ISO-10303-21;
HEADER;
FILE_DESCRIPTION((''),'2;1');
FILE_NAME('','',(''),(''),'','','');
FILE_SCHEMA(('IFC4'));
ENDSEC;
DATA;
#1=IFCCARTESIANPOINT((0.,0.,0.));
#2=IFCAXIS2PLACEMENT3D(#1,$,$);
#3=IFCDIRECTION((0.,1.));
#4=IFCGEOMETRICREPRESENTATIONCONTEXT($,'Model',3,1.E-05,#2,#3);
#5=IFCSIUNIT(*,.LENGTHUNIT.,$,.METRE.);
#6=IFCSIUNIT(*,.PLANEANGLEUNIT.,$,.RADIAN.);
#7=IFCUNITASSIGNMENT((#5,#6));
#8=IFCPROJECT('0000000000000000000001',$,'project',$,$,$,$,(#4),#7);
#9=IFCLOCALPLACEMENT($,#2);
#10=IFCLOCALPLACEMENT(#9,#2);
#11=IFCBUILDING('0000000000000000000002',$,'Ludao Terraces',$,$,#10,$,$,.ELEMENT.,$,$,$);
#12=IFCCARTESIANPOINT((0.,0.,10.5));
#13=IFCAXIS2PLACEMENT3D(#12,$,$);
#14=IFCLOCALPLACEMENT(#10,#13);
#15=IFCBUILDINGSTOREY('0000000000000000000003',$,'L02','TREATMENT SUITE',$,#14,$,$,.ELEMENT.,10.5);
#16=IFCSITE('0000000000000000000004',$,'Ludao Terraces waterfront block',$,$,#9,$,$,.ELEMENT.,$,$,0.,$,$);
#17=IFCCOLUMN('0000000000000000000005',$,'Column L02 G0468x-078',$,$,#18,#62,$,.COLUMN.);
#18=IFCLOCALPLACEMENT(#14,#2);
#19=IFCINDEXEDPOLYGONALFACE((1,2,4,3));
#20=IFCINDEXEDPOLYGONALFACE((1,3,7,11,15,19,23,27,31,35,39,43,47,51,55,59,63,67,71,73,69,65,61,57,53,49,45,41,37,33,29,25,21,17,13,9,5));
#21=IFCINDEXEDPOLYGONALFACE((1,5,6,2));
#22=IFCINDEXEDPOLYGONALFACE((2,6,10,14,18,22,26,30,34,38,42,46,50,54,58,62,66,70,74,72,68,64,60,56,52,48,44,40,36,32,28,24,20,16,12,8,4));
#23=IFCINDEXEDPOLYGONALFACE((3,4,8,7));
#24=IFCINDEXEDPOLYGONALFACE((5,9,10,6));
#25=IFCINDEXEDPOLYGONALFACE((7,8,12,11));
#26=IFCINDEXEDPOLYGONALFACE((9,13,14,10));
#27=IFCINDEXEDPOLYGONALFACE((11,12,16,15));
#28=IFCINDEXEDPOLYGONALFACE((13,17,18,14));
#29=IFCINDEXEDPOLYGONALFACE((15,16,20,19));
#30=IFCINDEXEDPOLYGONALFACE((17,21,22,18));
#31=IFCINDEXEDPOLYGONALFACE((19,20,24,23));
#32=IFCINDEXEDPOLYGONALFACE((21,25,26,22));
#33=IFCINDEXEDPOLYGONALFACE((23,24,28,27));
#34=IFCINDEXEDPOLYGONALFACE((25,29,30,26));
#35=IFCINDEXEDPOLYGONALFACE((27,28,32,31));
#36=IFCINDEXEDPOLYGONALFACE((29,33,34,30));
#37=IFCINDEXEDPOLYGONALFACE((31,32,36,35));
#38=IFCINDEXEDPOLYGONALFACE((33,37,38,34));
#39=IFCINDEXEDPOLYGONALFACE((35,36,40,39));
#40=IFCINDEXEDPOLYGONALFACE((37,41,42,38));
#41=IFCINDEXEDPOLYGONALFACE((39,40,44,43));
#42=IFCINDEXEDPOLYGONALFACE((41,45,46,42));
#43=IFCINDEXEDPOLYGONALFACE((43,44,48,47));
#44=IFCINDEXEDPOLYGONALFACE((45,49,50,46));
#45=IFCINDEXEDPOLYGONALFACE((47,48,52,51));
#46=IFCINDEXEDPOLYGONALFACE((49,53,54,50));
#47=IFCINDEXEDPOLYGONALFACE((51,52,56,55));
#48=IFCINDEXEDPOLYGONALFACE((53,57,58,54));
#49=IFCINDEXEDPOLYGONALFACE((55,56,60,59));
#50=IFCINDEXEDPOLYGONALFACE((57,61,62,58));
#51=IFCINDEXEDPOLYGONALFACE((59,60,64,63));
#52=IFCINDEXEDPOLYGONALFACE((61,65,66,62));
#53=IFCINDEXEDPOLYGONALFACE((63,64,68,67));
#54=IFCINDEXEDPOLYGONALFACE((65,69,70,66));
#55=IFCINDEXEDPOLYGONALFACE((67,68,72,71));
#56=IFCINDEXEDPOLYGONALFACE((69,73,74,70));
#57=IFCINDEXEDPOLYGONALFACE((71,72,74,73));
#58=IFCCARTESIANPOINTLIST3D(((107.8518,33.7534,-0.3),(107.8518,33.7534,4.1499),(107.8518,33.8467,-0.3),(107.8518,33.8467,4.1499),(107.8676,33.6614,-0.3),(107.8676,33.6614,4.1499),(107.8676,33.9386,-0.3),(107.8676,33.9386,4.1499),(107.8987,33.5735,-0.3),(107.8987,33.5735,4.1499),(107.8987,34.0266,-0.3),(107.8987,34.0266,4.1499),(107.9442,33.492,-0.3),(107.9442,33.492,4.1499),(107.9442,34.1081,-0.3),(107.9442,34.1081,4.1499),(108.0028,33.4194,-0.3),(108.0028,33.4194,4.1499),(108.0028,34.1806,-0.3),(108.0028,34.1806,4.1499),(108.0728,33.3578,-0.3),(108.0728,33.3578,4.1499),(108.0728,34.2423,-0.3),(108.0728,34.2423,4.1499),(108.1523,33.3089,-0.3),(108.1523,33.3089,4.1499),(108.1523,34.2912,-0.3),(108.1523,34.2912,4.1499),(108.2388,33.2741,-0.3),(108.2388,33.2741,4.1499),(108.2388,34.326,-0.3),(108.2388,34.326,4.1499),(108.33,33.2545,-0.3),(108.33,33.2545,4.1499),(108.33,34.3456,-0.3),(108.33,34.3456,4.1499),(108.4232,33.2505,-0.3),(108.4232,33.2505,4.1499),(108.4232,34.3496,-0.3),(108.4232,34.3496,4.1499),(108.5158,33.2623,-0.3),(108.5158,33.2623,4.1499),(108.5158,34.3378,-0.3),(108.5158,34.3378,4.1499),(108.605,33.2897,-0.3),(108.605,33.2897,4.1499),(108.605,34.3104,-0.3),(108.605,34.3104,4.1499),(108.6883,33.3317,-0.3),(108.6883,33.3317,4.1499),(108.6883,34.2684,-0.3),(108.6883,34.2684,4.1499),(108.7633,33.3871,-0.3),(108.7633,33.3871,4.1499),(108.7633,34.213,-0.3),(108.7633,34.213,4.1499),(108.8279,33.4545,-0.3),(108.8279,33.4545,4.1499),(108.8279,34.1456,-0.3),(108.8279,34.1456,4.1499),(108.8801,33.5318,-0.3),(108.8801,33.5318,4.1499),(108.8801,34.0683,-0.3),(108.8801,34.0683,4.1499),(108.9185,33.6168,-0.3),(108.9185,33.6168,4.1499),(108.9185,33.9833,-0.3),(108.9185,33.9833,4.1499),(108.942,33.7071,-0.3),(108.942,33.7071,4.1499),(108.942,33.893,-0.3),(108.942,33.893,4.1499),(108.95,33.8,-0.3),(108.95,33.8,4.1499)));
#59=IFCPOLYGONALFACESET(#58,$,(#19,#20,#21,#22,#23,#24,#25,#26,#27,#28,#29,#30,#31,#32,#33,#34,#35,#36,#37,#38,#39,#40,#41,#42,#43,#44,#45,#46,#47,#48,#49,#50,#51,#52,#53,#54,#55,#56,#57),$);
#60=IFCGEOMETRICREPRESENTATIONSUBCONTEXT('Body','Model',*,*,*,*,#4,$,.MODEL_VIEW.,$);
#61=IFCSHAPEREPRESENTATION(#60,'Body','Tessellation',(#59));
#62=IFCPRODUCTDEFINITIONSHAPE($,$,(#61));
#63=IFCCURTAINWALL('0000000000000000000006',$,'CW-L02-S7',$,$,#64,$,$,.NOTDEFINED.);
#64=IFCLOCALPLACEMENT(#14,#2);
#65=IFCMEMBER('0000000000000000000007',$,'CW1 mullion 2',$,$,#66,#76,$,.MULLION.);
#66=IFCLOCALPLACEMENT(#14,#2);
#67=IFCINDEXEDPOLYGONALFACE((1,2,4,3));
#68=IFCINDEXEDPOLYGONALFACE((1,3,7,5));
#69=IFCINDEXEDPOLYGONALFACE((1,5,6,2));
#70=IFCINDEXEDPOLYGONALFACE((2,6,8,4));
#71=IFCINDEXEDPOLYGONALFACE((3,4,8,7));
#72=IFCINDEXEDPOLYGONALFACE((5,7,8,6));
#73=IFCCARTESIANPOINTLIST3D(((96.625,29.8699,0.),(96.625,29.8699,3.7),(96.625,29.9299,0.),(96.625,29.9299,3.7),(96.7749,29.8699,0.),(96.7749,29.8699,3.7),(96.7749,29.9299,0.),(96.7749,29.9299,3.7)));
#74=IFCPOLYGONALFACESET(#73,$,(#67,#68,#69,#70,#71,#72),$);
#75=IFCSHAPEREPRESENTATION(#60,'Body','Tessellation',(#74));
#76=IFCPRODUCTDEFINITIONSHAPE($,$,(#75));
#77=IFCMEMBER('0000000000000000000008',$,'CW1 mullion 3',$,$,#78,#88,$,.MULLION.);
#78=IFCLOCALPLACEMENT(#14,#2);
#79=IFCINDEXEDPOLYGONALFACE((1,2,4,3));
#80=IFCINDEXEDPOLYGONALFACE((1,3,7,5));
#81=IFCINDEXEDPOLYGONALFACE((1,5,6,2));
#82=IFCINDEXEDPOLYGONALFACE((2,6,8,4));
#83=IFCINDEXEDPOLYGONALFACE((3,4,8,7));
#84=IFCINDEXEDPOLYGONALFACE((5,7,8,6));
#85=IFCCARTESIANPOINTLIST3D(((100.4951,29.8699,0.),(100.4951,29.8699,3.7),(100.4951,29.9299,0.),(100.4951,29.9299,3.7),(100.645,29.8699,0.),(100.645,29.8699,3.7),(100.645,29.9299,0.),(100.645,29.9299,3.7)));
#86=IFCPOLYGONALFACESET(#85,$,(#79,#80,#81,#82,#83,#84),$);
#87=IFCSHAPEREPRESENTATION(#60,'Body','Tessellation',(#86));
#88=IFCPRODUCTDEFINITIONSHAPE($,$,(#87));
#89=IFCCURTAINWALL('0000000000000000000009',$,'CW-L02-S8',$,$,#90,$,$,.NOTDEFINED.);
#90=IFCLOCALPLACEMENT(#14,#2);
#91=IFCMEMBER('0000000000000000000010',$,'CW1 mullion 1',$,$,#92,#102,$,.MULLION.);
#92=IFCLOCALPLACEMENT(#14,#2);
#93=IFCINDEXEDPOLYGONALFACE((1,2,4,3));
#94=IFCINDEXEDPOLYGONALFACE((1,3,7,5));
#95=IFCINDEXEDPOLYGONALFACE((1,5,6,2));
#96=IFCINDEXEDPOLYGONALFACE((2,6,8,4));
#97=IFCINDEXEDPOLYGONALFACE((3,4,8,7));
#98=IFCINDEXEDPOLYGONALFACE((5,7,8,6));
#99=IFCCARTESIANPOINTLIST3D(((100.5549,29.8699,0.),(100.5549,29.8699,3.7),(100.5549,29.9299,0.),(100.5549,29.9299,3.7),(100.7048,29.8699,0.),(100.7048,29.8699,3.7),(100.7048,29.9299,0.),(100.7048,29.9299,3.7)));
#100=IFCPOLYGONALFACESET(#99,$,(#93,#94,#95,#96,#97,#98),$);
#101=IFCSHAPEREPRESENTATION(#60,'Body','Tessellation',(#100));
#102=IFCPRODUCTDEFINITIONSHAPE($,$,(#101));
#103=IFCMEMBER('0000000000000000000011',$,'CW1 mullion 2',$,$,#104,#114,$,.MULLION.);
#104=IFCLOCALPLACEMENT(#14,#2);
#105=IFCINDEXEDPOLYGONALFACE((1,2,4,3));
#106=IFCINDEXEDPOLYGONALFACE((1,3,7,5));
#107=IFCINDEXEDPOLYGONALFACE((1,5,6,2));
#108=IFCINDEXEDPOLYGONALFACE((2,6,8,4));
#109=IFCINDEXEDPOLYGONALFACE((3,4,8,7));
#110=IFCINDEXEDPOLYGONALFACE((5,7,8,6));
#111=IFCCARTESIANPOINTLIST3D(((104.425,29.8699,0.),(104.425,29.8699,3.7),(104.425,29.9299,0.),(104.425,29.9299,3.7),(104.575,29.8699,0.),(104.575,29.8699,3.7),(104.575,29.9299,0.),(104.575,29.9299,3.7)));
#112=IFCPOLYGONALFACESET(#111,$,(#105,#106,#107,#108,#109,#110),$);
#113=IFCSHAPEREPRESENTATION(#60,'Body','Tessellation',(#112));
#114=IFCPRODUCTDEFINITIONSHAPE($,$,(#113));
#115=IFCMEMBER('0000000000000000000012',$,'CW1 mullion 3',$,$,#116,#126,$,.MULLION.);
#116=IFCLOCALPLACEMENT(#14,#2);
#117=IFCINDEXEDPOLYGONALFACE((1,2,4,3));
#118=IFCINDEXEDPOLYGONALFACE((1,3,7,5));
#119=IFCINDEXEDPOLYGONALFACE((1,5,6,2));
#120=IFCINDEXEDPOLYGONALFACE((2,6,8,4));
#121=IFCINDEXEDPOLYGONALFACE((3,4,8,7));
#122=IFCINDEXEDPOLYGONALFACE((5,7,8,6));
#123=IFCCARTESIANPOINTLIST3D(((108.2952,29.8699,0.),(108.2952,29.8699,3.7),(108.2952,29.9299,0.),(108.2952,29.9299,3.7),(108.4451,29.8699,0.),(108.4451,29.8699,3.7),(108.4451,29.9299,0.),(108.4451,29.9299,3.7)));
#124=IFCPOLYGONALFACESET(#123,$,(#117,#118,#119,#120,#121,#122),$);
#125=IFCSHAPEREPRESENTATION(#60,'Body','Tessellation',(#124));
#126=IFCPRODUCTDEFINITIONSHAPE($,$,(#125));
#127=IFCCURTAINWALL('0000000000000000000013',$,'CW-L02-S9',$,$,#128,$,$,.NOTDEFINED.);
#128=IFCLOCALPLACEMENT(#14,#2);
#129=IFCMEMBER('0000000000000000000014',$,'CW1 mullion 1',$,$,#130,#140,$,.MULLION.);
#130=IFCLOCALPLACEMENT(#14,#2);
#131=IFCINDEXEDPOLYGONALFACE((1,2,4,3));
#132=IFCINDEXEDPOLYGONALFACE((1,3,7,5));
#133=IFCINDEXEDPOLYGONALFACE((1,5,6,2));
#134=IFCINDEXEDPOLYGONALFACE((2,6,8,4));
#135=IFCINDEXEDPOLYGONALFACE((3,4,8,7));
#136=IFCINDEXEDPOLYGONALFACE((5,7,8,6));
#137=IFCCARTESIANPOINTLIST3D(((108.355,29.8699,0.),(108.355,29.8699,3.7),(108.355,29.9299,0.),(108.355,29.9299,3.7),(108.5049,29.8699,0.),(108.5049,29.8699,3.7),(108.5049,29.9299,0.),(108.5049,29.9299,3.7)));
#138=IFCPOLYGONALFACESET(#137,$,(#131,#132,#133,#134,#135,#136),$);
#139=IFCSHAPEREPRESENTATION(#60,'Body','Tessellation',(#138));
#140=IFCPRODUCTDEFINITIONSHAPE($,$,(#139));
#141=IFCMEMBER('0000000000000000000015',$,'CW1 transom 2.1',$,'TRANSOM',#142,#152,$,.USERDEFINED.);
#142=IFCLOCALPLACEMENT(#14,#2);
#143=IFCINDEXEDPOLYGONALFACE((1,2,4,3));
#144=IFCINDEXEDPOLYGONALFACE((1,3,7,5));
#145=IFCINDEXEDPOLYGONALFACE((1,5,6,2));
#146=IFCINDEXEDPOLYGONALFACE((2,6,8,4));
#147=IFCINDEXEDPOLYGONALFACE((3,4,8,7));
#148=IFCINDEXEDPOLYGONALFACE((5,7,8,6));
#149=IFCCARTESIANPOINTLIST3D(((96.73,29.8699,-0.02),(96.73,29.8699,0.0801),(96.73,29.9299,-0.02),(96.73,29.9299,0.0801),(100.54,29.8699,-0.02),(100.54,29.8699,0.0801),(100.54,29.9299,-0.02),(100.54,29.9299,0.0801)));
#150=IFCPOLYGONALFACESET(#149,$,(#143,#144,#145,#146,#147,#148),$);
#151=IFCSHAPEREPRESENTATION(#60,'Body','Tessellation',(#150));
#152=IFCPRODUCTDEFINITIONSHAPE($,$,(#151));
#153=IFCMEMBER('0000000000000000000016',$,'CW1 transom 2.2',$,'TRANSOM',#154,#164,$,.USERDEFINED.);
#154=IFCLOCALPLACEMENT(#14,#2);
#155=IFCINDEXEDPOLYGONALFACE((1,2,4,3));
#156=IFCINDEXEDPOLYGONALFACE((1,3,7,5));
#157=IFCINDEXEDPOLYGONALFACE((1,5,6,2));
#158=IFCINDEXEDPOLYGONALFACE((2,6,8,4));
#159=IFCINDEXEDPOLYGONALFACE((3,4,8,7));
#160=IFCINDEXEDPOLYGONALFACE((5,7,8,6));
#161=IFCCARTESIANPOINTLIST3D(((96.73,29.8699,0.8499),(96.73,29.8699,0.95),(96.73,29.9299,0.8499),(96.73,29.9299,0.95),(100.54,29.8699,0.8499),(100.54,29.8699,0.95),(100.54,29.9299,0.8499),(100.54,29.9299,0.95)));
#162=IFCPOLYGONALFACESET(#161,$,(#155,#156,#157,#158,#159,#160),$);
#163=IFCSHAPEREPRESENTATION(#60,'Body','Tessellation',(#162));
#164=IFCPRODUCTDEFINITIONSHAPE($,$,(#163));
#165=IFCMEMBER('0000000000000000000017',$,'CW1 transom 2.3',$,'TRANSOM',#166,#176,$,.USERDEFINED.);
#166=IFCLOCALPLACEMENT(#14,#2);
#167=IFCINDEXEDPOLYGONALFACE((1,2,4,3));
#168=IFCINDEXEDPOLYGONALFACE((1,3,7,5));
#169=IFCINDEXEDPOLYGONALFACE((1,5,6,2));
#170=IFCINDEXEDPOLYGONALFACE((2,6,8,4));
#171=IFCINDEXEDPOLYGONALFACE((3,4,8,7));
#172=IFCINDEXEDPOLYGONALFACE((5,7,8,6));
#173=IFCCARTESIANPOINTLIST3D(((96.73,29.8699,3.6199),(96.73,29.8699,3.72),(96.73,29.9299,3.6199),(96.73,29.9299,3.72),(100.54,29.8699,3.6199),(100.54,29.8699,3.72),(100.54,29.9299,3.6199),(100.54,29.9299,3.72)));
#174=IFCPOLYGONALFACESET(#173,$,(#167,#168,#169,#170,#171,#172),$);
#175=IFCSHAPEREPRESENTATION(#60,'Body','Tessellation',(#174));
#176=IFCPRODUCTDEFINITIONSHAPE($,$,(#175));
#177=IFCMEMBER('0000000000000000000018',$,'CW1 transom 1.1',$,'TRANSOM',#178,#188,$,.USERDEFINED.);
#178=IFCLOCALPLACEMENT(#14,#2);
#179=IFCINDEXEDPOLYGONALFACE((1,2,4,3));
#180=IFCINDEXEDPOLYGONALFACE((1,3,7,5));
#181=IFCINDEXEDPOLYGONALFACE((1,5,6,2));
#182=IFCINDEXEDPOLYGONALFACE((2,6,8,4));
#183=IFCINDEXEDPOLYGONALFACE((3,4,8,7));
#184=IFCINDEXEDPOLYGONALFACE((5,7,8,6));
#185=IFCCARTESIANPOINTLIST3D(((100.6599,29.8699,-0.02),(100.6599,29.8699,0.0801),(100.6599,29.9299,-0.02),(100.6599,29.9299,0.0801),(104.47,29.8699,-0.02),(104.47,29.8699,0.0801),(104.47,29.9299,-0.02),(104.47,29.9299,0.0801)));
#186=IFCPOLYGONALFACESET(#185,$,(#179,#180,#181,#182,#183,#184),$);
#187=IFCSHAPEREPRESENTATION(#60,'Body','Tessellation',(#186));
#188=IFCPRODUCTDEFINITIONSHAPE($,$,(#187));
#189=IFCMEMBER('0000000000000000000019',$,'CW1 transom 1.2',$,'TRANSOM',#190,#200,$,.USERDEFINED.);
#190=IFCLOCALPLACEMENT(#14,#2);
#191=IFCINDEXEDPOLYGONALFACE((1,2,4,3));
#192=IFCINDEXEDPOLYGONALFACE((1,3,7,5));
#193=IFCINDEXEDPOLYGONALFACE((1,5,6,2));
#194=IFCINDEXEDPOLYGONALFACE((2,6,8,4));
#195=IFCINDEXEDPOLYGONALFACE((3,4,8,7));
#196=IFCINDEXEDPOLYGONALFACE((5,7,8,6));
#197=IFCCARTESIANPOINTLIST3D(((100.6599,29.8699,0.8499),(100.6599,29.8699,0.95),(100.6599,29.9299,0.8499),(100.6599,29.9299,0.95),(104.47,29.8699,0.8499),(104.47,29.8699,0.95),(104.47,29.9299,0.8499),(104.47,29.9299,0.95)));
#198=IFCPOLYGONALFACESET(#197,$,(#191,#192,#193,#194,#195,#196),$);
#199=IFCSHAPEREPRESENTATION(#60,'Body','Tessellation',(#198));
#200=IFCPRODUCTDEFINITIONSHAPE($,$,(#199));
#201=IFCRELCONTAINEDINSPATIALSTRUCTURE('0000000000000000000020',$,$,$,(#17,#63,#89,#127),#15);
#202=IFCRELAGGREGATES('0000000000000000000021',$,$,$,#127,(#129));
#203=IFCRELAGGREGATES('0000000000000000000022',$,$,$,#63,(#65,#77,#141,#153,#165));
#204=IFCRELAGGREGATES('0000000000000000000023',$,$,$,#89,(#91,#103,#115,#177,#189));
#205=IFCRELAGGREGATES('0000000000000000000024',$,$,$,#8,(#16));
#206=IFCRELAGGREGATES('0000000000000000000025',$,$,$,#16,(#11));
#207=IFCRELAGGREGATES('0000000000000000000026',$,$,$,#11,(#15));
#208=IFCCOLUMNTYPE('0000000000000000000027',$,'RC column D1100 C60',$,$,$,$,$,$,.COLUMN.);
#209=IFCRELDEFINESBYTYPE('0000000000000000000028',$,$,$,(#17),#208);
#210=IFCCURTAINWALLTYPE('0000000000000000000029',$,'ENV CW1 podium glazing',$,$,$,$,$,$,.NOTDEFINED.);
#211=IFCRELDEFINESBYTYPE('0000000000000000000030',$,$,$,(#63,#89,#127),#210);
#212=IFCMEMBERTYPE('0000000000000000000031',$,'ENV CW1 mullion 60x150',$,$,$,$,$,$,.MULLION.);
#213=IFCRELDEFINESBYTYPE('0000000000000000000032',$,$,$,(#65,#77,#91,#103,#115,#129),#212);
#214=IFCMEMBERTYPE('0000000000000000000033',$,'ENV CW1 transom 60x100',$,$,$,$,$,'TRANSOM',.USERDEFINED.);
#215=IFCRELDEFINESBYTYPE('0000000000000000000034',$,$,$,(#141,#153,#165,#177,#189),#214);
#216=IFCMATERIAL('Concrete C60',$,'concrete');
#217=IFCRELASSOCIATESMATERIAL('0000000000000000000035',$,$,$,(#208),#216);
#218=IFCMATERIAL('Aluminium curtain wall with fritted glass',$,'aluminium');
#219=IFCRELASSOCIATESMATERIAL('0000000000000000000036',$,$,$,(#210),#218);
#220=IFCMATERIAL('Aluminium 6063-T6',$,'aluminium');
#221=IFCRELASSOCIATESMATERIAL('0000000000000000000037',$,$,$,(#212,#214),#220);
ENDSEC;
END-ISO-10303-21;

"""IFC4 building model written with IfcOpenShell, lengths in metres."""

from ifc_helpers import new_model, si_unit, direction, frame, origin, origin_2d, place, context, subcontext, project, spatial, rectangle, circle, extrude, material, material_profile, profile_set, type_object, element, aggregate, save


model = new_model("IFC4")

# Units and contexts
model_context = context("Model", 3, precision=1e-05, world=origin(), true_north=direction((0.0, 1.0)))
body_context = subcontext(model_context, "Body", "Model", "MODEL_VIEW")
ifc_project = project(units=[si_unit("LENGTHUNIT", "METRE"), si_unit("PLANEANGLEUNIT", "RADIAN")], contexts=[model_context])

# Site, building, storey
site_placement = place(None, origin())
site = spatial("IfcSite", under=ifc_project, at=site_placement, Name="Ludao Terraces waterfront block", CompositionType="ELEMENT", RefElevation=0.0)
building_placement = place(site_placement, origin())
building = spatial("IfcBuilding", under=site, at=building_placement, Name="Ludao Terraces", CompositionType="ELEMENT")
storey_placement = place(building_placement, frame((0.0, 0.0, 10.5)))
storey = spatial("IfcBuildingStorey", under=building, at=storey_placement, Name="L02", Description="TREATMENT SUITE", CompositionType="ELEMENT", Elevation=10.5)

# Column
ifc_material_1 = material(Name="Concrete C60", Category="concrete")
ifc_material_profile_1 = material_profile(ifc_material_1, circle(Radius=0.55, at=origin_2d()), Name="D1100")
ifc_profile_set_1 = profile_set([ifc_material_profile_1], Name="Concrete C60")
column_type_1 = type_object("IfcColumnType", Name="RC column D1100 C60", PredefinedType="COLUMN", material=ifc_profile_set_1)
for number, where, z_axis, x_axis, name in (
    (1, (108.3999, 33.8, -0.3), (0.0, 0.0, 1.0), (1.0, 0.0, 0.0), "Column L02 G0468x-078"),
):
    element("IfcColumn", number, at=place(storey_placement, frame(where, z_axis=z_axis, x_axis=x_axis)), inside=storey, type_object=column_type_1, Name=name, PredefinedType="COLUMN", context=body_context, shape_type="SweptSolid", body=[
        extrude(circle(Radius=0.55, at=origin_2d()), origin(), (0.0, 0.0, 1.0), 4.45),
    ])

# Curtain walls, members
ifc_material_2 = material(Name="Aluminium curtain wall with fritted glass", Category="aluminium")
curtain_wall_type = type_object("IfcCurtainWallType", Name="ENV CW1 podium glazing", PredefinedType="NOTDEFINED", material=ifc_material_2)
curtain_wall_1_placement = place(storey_placement, origin())
curtain_wall_1 = element("IfcCurtainWall", 2, at=curtain_wall_1_placement, inside=storey, type_object=curtain_wall_type, Name="CW-L02-S7", PredefinedType="NOTDEFINED")
ifc_material_3 = material(Name="Aluminium 6063-T6", Category="aluminium")
ifc_material_profile_2 = material_profile(ifc_material_3, rectangle(XDim=0.0601, YDim=0.1499, at=origin_2d()), Name="60 X 150")
ifc_profile_set_2 = profile_set([ifc_material_profile_2], Name="Aluminium 6063-T6")
member_type_1 = type_object("IfcMemberType", Name="ENV CW1 mullion 60x150", PredefinedType="MULLION", material=ifc_profile_set_2)
member_1_placement = place(storey_placement, frame((96.7, 29.8999, 0.0), z_axis=(0.0, 0.0, 1.0), x_axis=(0.0, 1.0, 0.0)))
member_1 = element("IfcMember", 3, at=member_1_placement, type_object=member_type_1, Name="CW1 mullion 2", PredefinedType="MULLION", context=body_context, shape_type="SweptSolid", body=[
    extrude(rectangle(XDim=0.0601, YDim=0.1499, at=origin_2d()), origin(), (0.0, 0.0, 1.0), 3.7),
])
member_2_placement = place(storey_placement, frame((100.5701, 29.8999, 0.0), z_axis=(0.0, 0.0, 1.0), x_axis=(0.0, 1.0, 0.0)))
member_2 = element("IfcMember", 4, at=member_2_placement, type_object=member_type_1, Name="CW1 mullion 3", PredefinedType="MULLION", context=body_context, shape_type="SweptSolid", body=[
    extrude(rectangle(XDim=0.0601, YDim=0.1499, at=origin_2d()), origin(), (0.0, 0.0, 1.0), 3.7),
])
curtain_wall_2_placement = place(storey_placement, origin())
curtain_wall_2 = element("IfcCurtainWall", 5, at=curtain_wall_2_placement, inside=storey, type_object=curtain_wall_type, Name="CW-L02-S8", PredefinedType="NOTDEFINED")
member_3_placement = place(storey_placement, frame((100.6299, 29.8999, 0.0), z_axis=(0.0, 0.0, 1.0), x_axis=(0.0, 1.0, 0.0)))
member_3 = element("IfcMember", 6, at=member_3_placement, type_object=member_type_1, Name="CW1 mullion 1", PredefinedType="MULLION", context=body_context, shape_type="SweptSolid", body=[
    extrude(rectangle(XDim=0.0601, YDim=0.1499, at=origin_2d()), origin(), (0.0, 0.0, 1.0), 3.7),
])
member_4_placement = place(storey_placement, frame((104.5, 29.8999, 0.0), z_axis=(0.0, 0.0, 1.0), x_axis=(0.0, 1.0, 0.0)))
member_4 = element("IfcMember", 7, at=member_4_placement, type_object=member_type_1, Name="CW1 mullion 2", PredefinedType="MULLION", context=body_context, shape_type="SweptSolid", body=[
    extrude(rectangle(XDim=0.0601, YDim=0.1499, at=origin_2d()), origin(), (0.0, 0.0, 1.0), 3.7),
])
member_5_placement = place(storey_placement, frame((108.3701, 29.8999, 0.0), z_axis=(0.0, 0.0, 1.0), x_axis=(0.0, 1.0, 0.0)))
member_5 = element("IfcMember", 8, at=member_5_placement, type_object=member_type_1, Name="CW1 mullion 3", PredefinedType="MULLION", context=body_context, shape_type="SweptSolid", body=[
    extrude(rectangle(XDim=0.0601, YDim=0.1499, at=origin_2d()), origin(), (0.0, 0.0, 1.0), 3.7),
])

# Curtain wall, member
curtain_wall_3_placement = place(storey_placement, origin())
curtain_wall_3 = element("IfcCurtainWall", 9, at=curtain_wall_3_placement, inside=storey, type_object=curtain_wall_type, Name="CW-L02-S9", PredefinedType="NOTDEFINED")
member_6_placement = place(storey_placement, frame((108.4299, 29.8999, 0.0), z_axis=(0.0, 0.0, 1.0), x_axis=(0.0, 1.0, 0.0)))
member_6 = element("IfcMember", 10, at=member_6_placement, type_object=member_type_1, Name="CW1 mullion 1", PredefinedType="MULLION", context=body_context, shape_type="SweptSolid", body=[
    extrude(rectangle(XDim=0.0601, YDim=0.1499, at=origin_2d()), origin(), (0.0, 0.0, 1.0), 3.7),
])

# Members
ifc_material_profile_3 = material_profile(ifc_material_3, rectangle(XDim=0.0601, YDim=0.1001, at=origin_2d()), Name="60 X 100")
ifc_profile_set_3 = profile_set([ifc_material_profile_3], Name="Aluminium 6063-T6")
member_type_2 = type_object("IfcMemberType", Name="ENV CW1 transom 60x100", ElementType="TRANSOM", PredefinedType="USERDEFINED", material=ifc_profile_set_3)
member_7_placement = place(storey_placement, frame((96.73, 29.8999, 0.03), z_axis=(1.0, 0.0, 0.0), x_axis=(0.0, 1.0, 0.0)))
member_7 = element("IfcMember", 11, at=member_7_placement, type_object=member_type_2, Name="CW1 transom 2.1", ObjectType="TRANSOM", PredefinedType="USERDEFINED", context=body_context, shape_type="SweptSolid", body=[
    extrude(rectangle(XDim=0.0601, YDim=0.1001, at=origin_2d()), origin(), (0.0, 0.0, 1.0), 3.8101),
])
member_8_placement = place(storey_placement, frame((96.73, 29.8999, 0.8999), z_axis=(1.0, 0.0, 0.0), x_axis=(0.0, 1.0, 0.0)))
member_8 = element("IfcMember", 12, at=member_8_placement, type_object=member_type_2, Name="CW1 transom 2.2", ObjectType="TRANSOM", PredefinedType="USERDEFINED", context=body_context, shape_type="SweptSolid", body=[
    extrude(rectangle(XDim=0.0601, YDim=0.1001, at=origin_2d()), origin(), (0.0, 0.0, 1.0), 3.8101),
])
member_9_placement = place(storey_placement, frame((96.73, 29.8999, 3.6699), z_axis=(1.0, 0.0, 0.0), x_axis=(0.0, 1.0, 0.0)))
member_9 = element("IfcMember", 13, at=member_9_placement, type_object=member_type_2, Name="CW1 transom 2.3", ObjectType="TRANSOM", PredefinedType="USERDEFINED", context=body_context, shape_type="SweptSolid", body=[
    extrude(rectangle(XDim=0.0601, YDim=0.1001, at=origin_2d()), origin(), (0.0, 0.0, 1.0), 3.8101),
])
member_10_placement = place(storey_placement, frame((100.6599, 29.8999, 0.03), z_axis=(1.0, 0.0, 0.0), x_axis=(0.0, 1.0, 0.0)))
member_10 = element("IfcMember", 14, at=member_10_placement, type_object=member_type_2, Name="CW1 transom 1.1", ObjectType="TRANSOM", PredefinedType="USERDEFINED", context=body_context, shape_type="SweptSolid", body=[
    extrude(rectangle(XDim=0.0601, YDim=0.1001, at=origin_2d()), origin(), (0.0, 0.0, 1.0), 3.8101),
])
member_11_placement = place(storey_placement, frame((100.6599, 29.8999, 0.8999), z_axis=(1.0, 0.0, 0.0), x_axis=(0.0, 1.0, 0.0)))
member_11 = element("IfcMember", 15, at=member_11_placement, type_object=member_type_2, Name="CW1 transom 1.2", ObjectType="TRANSOM", PredefinedType="USERDEFINED", context=body_context, shape_type="SweptSolid", body=[
    extrude(rectangle(XDim=0.0601, YDim=0.1001, at=origin_2d()), origin(), (0.0, 0.0, 1.0), 3.8101),
])
aggregate(curtain_wall_3, [member_6])

aggregate(curtain_wall_1, [member_1, member_2, member_7, member_8, member_9])
aggregate(curtain_wall_2, [member_3, member_4, member_5, member_10, member_11])

save(model, "model.ifc")
